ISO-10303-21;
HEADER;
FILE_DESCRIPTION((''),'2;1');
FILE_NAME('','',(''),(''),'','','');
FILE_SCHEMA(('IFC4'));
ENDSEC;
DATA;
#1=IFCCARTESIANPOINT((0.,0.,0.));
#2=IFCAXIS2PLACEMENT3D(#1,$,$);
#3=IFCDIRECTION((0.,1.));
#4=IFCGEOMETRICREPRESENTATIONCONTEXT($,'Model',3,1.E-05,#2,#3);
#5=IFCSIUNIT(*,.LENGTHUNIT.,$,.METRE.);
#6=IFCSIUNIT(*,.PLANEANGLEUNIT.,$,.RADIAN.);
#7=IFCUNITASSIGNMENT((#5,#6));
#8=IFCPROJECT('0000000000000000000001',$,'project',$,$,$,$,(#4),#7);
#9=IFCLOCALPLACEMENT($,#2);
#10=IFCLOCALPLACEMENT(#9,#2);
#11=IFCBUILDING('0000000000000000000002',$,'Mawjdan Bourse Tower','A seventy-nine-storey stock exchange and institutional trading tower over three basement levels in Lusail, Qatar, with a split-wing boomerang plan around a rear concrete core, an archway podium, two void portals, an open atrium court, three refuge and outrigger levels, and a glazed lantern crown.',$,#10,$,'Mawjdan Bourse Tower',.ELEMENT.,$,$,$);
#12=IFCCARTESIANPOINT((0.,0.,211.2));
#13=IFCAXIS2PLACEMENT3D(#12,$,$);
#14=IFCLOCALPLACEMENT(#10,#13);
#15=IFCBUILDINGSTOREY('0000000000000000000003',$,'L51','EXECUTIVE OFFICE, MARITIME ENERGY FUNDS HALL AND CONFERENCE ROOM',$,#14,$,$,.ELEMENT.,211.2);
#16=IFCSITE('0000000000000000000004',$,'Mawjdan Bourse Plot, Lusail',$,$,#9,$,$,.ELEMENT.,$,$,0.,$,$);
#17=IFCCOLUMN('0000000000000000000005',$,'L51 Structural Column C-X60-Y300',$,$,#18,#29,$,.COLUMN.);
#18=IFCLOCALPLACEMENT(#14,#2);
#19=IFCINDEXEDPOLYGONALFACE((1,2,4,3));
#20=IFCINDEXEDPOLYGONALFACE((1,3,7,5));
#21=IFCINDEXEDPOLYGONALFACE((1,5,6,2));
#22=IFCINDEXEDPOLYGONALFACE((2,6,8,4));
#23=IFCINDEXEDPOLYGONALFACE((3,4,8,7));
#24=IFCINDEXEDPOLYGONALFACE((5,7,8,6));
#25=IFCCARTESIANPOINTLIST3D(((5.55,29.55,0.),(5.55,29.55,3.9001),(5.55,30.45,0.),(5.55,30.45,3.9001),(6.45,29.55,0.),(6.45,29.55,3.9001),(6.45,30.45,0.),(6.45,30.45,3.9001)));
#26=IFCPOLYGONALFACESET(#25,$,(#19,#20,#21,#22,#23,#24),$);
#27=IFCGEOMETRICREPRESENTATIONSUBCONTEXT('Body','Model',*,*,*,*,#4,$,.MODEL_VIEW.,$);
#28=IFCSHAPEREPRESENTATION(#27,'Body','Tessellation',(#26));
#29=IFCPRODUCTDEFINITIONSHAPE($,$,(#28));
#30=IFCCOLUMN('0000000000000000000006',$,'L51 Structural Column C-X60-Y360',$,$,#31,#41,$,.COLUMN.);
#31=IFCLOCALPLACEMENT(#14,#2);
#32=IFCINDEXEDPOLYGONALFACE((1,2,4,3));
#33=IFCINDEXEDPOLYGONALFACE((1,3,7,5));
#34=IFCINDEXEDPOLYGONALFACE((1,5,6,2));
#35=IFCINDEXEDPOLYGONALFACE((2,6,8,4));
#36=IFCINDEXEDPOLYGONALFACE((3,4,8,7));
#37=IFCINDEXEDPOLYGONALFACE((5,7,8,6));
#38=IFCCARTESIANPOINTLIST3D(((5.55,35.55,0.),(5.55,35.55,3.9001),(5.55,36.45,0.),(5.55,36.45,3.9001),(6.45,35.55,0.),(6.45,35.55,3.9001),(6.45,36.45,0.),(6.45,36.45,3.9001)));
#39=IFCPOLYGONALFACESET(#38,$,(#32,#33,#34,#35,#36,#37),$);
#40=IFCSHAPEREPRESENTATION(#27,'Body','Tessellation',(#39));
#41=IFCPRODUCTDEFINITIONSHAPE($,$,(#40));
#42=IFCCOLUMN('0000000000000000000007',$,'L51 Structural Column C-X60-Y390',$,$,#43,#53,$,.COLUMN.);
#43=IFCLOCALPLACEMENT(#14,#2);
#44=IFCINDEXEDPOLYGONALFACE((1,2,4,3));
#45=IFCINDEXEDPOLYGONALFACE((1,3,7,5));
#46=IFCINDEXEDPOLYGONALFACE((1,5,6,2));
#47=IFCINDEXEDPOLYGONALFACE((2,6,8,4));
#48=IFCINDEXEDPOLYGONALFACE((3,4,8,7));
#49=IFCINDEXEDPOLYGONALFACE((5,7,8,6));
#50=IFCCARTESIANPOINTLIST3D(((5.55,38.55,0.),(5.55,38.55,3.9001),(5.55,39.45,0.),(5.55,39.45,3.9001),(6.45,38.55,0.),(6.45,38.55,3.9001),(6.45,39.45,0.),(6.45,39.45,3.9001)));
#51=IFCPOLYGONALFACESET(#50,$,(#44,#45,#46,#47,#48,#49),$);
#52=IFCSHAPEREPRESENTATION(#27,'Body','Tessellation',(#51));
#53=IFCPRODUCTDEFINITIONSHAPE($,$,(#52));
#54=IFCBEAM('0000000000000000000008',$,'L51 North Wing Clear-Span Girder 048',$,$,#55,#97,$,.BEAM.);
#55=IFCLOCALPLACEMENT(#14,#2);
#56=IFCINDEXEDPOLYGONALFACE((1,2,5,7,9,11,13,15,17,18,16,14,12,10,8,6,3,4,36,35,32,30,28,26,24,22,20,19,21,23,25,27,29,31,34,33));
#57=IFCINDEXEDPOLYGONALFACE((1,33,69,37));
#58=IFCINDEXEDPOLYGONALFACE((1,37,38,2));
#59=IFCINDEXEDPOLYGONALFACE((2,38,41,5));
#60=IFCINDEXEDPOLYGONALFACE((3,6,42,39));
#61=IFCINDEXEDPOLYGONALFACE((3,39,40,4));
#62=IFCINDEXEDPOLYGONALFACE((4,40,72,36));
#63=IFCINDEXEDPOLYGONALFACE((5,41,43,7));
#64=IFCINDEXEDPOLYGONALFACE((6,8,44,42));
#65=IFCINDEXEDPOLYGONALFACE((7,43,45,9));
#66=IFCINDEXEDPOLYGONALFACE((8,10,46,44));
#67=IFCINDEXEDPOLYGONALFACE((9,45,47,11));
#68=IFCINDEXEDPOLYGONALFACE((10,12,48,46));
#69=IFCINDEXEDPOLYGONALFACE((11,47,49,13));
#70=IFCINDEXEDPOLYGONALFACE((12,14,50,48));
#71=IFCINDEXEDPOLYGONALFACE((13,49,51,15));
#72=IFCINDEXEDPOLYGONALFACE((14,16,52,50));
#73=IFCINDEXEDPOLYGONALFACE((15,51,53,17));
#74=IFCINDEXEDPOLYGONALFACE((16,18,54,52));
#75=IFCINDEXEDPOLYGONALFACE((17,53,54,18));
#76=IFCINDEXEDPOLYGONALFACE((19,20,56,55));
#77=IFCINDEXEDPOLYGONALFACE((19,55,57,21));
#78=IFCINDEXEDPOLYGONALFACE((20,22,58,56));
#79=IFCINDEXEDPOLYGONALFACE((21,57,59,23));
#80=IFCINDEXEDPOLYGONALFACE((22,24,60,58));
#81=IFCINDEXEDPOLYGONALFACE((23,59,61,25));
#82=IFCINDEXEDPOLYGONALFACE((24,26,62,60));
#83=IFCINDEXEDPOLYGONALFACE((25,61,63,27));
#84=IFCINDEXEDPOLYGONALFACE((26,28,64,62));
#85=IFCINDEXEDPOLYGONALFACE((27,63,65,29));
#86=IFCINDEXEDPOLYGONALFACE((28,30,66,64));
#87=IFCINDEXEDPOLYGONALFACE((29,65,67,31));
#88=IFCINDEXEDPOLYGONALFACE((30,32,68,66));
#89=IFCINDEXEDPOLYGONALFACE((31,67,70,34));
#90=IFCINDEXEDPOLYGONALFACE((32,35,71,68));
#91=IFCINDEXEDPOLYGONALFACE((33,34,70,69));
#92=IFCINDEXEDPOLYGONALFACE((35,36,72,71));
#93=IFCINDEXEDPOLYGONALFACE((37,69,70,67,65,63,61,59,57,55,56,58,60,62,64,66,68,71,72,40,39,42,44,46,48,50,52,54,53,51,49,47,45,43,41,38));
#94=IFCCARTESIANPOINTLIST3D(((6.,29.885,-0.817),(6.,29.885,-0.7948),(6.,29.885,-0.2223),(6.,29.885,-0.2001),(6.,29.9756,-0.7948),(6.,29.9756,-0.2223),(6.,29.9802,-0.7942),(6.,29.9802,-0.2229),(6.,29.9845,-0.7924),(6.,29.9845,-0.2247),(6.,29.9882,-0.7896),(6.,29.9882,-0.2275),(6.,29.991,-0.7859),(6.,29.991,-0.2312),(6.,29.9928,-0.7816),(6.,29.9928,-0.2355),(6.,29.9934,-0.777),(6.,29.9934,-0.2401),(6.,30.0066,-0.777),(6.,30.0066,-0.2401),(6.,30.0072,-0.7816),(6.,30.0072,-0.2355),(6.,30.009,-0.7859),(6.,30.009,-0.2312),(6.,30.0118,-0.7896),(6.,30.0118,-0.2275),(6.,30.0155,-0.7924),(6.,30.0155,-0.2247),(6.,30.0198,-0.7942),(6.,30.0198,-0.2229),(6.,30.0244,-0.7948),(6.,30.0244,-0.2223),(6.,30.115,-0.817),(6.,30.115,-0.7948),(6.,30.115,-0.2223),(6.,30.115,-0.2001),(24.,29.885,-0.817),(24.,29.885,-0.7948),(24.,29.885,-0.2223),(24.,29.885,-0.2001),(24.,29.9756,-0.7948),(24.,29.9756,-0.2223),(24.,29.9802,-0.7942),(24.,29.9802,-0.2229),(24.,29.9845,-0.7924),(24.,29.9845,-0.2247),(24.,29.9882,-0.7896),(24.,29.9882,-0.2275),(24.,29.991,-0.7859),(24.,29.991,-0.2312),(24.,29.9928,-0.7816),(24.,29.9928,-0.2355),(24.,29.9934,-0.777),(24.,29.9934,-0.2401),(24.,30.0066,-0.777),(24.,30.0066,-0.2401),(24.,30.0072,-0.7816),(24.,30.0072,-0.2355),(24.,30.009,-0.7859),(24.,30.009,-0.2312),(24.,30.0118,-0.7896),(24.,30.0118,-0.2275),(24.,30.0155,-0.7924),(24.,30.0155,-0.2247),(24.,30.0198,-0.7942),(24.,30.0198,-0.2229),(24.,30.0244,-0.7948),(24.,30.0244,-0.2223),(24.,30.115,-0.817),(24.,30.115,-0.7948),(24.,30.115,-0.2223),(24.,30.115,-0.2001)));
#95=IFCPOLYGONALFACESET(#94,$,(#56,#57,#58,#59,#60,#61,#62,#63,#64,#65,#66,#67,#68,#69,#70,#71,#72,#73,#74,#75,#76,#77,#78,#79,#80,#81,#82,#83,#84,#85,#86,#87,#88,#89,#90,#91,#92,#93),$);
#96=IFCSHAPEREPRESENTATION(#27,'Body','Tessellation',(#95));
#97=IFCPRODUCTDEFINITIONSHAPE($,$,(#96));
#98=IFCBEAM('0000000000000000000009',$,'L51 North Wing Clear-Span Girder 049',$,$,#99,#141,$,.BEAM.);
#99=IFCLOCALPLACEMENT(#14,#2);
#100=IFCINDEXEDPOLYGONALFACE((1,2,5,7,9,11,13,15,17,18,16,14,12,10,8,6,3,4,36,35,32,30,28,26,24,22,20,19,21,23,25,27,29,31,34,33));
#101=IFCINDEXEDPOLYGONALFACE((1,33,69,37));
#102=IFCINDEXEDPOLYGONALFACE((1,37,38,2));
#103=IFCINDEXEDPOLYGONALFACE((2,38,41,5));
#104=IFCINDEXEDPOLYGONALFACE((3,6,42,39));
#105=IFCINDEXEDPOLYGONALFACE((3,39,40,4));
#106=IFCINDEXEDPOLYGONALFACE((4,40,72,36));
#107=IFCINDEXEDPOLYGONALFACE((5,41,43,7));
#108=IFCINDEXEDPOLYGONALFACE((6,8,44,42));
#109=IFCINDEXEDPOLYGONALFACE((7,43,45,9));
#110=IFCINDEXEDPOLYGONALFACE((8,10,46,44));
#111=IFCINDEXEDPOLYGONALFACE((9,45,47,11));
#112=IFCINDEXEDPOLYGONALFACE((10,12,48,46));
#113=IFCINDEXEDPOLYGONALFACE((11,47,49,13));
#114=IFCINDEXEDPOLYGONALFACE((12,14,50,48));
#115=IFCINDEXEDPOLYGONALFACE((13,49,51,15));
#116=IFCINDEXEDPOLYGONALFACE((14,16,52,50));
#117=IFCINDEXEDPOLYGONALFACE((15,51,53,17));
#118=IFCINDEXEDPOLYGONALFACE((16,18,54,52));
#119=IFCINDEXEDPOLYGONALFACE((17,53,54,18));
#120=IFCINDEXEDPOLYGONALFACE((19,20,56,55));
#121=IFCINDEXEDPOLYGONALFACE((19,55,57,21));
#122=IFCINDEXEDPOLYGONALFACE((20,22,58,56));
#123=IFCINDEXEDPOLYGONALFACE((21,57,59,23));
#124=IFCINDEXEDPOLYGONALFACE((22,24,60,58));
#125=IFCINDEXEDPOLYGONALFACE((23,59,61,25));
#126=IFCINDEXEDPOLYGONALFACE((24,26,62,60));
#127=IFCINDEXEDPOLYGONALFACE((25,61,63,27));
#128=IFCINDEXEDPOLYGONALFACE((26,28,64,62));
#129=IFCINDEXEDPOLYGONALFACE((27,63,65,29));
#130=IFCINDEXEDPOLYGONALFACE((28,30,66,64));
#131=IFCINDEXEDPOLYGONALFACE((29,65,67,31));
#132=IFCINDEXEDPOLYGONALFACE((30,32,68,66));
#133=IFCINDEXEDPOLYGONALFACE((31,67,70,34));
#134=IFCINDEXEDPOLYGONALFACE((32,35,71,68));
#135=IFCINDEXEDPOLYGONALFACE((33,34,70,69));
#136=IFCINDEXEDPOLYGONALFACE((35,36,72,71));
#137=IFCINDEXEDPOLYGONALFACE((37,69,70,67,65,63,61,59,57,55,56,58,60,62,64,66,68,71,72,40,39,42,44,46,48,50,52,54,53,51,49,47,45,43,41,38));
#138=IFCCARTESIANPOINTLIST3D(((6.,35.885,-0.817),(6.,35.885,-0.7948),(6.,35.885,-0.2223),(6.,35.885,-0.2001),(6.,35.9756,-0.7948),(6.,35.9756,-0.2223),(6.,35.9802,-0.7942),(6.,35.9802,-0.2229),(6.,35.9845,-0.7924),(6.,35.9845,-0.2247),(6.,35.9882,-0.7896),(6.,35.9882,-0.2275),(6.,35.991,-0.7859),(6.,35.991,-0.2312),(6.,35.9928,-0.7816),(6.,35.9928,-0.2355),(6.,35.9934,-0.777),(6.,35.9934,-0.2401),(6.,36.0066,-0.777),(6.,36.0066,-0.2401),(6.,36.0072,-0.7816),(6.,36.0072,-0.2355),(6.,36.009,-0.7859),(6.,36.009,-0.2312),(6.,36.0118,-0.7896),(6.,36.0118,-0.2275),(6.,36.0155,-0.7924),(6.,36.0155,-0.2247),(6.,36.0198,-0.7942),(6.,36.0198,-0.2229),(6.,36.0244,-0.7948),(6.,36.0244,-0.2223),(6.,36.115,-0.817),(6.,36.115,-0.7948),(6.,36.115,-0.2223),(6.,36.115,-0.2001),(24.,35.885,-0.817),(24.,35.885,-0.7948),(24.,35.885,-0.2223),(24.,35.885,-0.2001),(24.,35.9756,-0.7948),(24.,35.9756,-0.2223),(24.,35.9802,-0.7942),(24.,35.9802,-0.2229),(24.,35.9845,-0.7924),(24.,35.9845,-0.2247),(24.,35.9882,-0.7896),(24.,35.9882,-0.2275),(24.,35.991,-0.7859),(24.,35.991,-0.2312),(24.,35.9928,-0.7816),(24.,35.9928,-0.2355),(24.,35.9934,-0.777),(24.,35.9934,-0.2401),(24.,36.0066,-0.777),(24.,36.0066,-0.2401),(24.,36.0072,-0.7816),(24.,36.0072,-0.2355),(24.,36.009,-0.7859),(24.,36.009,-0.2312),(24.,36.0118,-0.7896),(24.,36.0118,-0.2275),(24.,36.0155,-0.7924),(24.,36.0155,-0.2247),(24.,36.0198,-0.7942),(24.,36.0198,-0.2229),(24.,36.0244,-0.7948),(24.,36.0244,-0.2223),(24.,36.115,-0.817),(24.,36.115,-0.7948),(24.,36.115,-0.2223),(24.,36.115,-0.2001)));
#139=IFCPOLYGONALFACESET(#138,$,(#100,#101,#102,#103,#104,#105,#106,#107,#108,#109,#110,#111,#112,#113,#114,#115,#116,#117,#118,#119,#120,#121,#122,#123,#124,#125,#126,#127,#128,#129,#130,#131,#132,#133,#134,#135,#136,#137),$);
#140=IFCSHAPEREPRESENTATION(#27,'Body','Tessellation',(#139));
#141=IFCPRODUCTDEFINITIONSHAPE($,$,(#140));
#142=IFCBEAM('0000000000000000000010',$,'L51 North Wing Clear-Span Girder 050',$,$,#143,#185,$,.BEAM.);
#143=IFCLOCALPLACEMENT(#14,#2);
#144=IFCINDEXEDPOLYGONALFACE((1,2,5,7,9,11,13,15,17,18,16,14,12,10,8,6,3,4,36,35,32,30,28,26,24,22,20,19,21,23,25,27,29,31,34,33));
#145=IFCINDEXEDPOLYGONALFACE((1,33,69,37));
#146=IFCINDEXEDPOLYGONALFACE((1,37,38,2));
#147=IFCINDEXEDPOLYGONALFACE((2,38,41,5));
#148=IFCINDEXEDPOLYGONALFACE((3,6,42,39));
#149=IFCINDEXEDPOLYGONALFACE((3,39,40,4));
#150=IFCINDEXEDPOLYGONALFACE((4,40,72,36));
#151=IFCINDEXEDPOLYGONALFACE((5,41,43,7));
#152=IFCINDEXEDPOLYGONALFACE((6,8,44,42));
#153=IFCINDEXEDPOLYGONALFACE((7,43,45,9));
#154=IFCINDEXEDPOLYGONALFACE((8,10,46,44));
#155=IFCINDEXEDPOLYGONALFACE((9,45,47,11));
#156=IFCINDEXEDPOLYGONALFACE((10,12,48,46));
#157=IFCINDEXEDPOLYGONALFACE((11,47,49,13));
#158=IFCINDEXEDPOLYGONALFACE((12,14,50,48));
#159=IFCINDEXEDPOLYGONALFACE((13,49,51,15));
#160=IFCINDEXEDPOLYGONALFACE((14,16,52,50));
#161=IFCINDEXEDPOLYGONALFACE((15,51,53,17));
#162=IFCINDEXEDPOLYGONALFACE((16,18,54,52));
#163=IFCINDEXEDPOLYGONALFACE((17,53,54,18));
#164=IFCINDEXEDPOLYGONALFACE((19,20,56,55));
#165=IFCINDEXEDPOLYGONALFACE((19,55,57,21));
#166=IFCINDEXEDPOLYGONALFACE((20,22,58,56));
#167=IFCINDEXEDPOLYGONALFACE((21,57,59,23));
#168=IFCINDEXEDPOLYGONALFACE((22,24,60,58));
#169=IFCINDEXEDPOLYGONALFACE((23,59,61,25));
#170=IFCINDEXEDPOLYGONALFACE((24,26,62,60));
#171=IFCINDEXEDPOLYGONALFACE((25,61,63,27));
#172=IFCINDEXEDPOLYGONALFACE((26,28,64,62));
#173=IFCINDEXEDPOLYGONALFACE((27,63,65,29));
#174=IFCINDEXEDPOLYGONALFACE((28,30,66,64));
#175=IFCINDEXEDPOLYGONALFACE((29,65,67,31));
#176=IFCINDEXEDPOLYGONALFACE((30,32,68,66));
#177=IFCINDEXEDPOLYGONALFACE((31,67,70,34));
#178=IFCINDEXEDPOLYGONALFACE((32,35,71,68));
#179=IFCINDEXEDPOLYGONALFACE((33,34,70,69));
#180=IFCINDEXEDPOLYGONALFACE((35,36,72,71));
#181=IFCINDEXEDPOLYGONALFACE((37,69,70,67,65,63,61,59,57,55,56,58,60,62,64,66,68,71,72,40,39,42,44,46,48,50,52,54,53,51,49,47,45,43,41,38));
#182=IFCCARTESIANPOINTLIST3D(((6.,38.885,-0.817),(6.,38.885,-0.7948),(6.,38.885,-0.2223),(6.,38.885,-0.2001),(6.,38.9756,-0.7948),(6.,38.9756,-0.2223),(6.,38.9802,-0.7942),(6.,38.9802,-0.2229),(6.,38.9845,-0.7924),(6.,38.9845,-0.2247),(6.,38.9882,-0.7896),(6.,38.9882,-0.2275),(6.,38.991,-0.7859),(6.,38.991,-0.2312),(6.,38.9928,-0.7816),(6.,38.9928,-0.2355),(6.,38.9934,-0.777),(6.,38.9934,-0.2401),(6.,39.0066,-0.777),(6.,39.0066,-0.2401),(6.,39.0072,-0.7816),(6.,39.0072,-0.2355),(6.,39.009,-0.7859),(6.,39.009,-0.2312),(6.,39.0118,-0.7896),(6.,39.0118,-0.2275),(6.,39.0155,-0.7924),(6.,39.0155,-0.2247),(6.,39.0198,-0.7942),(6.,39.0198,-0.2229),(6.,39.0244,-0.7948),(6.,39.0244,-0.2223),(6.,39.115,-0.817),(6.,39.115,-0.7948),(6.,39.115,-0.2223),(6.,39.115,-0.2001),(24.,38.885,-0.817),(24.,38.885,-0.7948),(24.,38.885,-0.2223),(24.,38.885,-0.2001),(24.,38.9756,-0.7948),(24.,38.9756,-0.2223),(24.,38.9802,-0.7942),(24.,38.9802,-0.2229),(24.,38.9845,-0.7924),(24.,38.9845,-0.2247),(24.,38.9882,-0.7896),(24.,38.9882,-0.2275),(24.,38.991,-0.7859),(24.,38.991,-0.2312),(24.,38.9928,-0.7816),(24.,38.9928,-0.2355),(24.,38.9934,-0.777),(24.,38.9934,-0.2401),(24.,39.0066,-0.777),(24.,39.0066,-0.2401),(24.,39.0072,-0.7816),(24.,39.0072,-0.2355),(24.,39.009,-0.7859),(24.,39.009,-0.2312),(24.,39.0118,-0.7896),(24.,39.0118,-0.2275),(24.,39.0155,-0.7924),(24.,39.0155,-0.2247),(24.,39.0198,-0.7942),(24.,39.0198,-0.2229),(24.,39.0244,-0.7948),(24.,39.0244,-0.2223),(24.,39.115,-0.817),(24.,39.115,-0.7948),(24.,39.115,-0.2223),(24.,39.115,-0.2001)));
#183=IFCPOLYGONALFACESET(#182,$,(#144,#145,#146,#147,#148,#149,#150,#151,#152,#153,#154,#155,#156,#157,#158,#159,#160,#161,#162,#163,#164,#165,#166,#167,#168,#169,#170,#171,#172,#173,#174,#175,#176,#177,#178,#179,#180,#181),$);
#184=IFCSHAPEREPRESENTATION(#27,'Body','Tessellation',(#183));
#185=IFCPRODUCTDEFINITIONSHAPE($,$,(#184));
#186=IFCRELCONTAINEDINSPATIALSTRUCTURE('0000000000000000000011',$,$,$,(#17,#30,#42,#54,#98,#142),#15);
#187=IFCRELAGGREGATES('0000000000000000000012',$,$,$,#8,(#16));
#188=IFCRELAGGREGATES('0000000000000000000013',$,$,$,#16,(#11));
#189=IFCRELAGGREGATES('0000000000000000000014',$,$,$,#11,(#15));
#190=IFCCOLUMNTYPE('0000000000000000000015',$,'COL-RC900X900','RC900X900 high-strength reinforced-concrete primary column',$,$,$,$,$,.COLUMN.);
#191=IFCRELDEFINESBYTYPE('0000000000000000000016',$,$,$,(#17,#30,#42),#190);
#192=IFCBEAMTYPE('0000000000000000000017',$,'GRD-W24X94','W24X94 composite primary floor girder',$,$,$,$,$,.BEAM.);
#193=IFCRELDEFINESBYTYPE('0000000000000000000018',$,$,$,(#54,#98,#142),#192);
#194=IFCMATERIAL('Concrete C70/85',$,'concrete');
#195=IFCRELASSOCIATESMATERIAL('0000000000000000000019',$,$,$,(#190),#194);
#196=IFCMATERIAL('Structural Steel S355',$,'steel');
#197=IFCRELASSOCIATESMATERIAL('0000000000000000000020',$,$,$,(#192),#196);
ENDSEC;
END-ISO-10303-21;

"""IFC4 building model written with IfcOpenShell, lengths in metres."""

from ifc_helpers import new_model, si_unit, direction, frame, origin, origin_2d, place, context, subcontext, project, spatial, rectangle, i_section, extrude, material, material_profile, profile_set, type_object, element, save


model = new_model("IFC4")

# Units and contexts
model_context = context("Model", 3, precision=1e-05, world=origin(), true_north=direction((0.0, 1.0)))
body_context = subcontext(model_context, "Body", "Model", "MODEL_VIEW")
ifc_project = project(units=[si_unit("LENGTHUNIT", "METRE"), si_unit("PLANEANGLEUNIT", "RADIAN")], contexts=[model_context])

# Site, building, storey
site_placement = place(None, origin())
site = spatial("IfcSite", under=ifc_project, at=site_placement, Name="Mawjdan Bourse Plot, Lusail", CompositionType="ELEMENT", RefElevation=0.0)
building_placement = place(site_placement, origin())
building = spatial("IfcBuilding", under=site, at=building_placement, Name="Mawjdan Bourse Tower", Description="A seventy-nine-storey stock exchange and institutional trading tower over three basement levels in Lusail, Qatar, with a split-wing boomerang plan around a rear concrete core, an archway podium, two void portals, an open atrium court, three refuge and outrigger levels, and a glazed lantern crown.", LongName="Mawjdan Bourse Tower", CompositionType="ELEMENT")
storey_placement = place(building_placement, frame((0.0, 0.0, 211.2)))
storey = spatial("IfcBuildingStorey", under=building, at=storey_placement, Name="L51", Description="EXECUTIVE OFFICE, MARITIME ENERGY FUNDS HALL AND CONFERENCE ROOM", CompositionType="ELEMENT", Elevation=211.2)

# Columns
ifc_material_1 = material(Name="Concrete C70/85", Category="concrete")
ifc_material_profile_1 = material_profile(ifc_material_1, rectangle(XDim=0.8999, YDim=0.8999, at=origin_2d()), Name="RC900X900")
ifc_profile_set_1 = profile_set([ifc_material_profile_1], Name="Concrete C70/85")
column_type = type_object("IfcColumnType", Name="COL-RC900X900", Description="RC900X900 high-strength reinforced-concrete primary column", PredefinedType="COLUMN", material=ifc_profile_set_1)
for number, where, z_axis, x_axis, name in (
    (1, (6.0, 30.0, 0.0), (0.0, 0.0, 1.0), (1.0, 0.0, 0.0), "L51 Structural Column C-X60-Y300"),
    (2, (6.0, 36.0, 0.0), (0.0, 0.0, 1.0), (1.0, 0.0, 0.0), "L51 Structural Column C-X60-Y360"),
    (3, (6.0, 39.0, 0.0), (0.0, 0.0, 1.0), (1.0, 0.0, 0.0), "L51 Structural Column C-X60-Y390"),
):
    element("IfcColumn", number, at=place(storey_placement, frame(where, z_axis=z_axis, x_axis=x_axis)), inside=storey, type_object=column_type, Name=name, PredefinedType="COLUMN", context=body_context, shape_type="SweptSolid", body=[
        extrude(rectangle(XDim=0.8999, YDim=0.8999, at=origin_2d()), origin(), (0.0, 0.0, 1.0), 3.9001),
    ])

# Beams
ifc_material_2 = material(Name="Structural Steel S355", Category="steel")
ifc_material_profile_2 = material_profile(ifc_material_2, i_section(OverallWidth=0.23, OverallDepth=0.6169, WebThickness=0.0132, FlangeThickness=0.0222, FilletRadius=0.0178, at=origin_2d()), Name="W24X94")
ifc_profile_set_2 = profile_set([ifc_material_profile_2], Name="Structural Steel S355")
beam_type_1 = type_object("IfcBeamType", Name="GRD-W24X94", Description="W24X94 composite primary floor girder", PredefinedType="BEAM", material=ifc_profile_set_2)
for number, where, z_axis, x_axis, name in (
    (4, (6.0, 30.0, -0.5085), (1.0, 0.0, 0.0), (0.0, 1.0, 0.0), "L51 North Wing Clear-Span Girder 048"),
    (5, (6.0, 36.0, -0.5085), (1.0, 0.0, 0.0), (0.0, 1.0, 0.0), "L51 North Wing Clear-Span Girder 049"),
    (6, (6.0, 39.0, -0.5085), (1.0, 0.0, 0.0), (0.0, 1.0, 0.0), "L51 North Wing Clear-Span Girder 050"),
):
    element("IfcBeam", number, at=place(storey_placement, frame(where, z_axis=z_axis, x_axis=x_axis)), inside=storey, type_object=beam_type_1, Name=name, PredefinedType="BEAM", context=body_context, shape_type="SweptSolid", body=[
        extrude(i_section(OverallWidth=0.23, OverallDepth=0.6169, WebThickness=0.0132, FlangeThickness=0.0222, FilletRadius=0.0178, at=origin_2d()), origin(), (0.0, 0.0, 1.0), 18.0),
    ])

save(model, "model.ifc")
